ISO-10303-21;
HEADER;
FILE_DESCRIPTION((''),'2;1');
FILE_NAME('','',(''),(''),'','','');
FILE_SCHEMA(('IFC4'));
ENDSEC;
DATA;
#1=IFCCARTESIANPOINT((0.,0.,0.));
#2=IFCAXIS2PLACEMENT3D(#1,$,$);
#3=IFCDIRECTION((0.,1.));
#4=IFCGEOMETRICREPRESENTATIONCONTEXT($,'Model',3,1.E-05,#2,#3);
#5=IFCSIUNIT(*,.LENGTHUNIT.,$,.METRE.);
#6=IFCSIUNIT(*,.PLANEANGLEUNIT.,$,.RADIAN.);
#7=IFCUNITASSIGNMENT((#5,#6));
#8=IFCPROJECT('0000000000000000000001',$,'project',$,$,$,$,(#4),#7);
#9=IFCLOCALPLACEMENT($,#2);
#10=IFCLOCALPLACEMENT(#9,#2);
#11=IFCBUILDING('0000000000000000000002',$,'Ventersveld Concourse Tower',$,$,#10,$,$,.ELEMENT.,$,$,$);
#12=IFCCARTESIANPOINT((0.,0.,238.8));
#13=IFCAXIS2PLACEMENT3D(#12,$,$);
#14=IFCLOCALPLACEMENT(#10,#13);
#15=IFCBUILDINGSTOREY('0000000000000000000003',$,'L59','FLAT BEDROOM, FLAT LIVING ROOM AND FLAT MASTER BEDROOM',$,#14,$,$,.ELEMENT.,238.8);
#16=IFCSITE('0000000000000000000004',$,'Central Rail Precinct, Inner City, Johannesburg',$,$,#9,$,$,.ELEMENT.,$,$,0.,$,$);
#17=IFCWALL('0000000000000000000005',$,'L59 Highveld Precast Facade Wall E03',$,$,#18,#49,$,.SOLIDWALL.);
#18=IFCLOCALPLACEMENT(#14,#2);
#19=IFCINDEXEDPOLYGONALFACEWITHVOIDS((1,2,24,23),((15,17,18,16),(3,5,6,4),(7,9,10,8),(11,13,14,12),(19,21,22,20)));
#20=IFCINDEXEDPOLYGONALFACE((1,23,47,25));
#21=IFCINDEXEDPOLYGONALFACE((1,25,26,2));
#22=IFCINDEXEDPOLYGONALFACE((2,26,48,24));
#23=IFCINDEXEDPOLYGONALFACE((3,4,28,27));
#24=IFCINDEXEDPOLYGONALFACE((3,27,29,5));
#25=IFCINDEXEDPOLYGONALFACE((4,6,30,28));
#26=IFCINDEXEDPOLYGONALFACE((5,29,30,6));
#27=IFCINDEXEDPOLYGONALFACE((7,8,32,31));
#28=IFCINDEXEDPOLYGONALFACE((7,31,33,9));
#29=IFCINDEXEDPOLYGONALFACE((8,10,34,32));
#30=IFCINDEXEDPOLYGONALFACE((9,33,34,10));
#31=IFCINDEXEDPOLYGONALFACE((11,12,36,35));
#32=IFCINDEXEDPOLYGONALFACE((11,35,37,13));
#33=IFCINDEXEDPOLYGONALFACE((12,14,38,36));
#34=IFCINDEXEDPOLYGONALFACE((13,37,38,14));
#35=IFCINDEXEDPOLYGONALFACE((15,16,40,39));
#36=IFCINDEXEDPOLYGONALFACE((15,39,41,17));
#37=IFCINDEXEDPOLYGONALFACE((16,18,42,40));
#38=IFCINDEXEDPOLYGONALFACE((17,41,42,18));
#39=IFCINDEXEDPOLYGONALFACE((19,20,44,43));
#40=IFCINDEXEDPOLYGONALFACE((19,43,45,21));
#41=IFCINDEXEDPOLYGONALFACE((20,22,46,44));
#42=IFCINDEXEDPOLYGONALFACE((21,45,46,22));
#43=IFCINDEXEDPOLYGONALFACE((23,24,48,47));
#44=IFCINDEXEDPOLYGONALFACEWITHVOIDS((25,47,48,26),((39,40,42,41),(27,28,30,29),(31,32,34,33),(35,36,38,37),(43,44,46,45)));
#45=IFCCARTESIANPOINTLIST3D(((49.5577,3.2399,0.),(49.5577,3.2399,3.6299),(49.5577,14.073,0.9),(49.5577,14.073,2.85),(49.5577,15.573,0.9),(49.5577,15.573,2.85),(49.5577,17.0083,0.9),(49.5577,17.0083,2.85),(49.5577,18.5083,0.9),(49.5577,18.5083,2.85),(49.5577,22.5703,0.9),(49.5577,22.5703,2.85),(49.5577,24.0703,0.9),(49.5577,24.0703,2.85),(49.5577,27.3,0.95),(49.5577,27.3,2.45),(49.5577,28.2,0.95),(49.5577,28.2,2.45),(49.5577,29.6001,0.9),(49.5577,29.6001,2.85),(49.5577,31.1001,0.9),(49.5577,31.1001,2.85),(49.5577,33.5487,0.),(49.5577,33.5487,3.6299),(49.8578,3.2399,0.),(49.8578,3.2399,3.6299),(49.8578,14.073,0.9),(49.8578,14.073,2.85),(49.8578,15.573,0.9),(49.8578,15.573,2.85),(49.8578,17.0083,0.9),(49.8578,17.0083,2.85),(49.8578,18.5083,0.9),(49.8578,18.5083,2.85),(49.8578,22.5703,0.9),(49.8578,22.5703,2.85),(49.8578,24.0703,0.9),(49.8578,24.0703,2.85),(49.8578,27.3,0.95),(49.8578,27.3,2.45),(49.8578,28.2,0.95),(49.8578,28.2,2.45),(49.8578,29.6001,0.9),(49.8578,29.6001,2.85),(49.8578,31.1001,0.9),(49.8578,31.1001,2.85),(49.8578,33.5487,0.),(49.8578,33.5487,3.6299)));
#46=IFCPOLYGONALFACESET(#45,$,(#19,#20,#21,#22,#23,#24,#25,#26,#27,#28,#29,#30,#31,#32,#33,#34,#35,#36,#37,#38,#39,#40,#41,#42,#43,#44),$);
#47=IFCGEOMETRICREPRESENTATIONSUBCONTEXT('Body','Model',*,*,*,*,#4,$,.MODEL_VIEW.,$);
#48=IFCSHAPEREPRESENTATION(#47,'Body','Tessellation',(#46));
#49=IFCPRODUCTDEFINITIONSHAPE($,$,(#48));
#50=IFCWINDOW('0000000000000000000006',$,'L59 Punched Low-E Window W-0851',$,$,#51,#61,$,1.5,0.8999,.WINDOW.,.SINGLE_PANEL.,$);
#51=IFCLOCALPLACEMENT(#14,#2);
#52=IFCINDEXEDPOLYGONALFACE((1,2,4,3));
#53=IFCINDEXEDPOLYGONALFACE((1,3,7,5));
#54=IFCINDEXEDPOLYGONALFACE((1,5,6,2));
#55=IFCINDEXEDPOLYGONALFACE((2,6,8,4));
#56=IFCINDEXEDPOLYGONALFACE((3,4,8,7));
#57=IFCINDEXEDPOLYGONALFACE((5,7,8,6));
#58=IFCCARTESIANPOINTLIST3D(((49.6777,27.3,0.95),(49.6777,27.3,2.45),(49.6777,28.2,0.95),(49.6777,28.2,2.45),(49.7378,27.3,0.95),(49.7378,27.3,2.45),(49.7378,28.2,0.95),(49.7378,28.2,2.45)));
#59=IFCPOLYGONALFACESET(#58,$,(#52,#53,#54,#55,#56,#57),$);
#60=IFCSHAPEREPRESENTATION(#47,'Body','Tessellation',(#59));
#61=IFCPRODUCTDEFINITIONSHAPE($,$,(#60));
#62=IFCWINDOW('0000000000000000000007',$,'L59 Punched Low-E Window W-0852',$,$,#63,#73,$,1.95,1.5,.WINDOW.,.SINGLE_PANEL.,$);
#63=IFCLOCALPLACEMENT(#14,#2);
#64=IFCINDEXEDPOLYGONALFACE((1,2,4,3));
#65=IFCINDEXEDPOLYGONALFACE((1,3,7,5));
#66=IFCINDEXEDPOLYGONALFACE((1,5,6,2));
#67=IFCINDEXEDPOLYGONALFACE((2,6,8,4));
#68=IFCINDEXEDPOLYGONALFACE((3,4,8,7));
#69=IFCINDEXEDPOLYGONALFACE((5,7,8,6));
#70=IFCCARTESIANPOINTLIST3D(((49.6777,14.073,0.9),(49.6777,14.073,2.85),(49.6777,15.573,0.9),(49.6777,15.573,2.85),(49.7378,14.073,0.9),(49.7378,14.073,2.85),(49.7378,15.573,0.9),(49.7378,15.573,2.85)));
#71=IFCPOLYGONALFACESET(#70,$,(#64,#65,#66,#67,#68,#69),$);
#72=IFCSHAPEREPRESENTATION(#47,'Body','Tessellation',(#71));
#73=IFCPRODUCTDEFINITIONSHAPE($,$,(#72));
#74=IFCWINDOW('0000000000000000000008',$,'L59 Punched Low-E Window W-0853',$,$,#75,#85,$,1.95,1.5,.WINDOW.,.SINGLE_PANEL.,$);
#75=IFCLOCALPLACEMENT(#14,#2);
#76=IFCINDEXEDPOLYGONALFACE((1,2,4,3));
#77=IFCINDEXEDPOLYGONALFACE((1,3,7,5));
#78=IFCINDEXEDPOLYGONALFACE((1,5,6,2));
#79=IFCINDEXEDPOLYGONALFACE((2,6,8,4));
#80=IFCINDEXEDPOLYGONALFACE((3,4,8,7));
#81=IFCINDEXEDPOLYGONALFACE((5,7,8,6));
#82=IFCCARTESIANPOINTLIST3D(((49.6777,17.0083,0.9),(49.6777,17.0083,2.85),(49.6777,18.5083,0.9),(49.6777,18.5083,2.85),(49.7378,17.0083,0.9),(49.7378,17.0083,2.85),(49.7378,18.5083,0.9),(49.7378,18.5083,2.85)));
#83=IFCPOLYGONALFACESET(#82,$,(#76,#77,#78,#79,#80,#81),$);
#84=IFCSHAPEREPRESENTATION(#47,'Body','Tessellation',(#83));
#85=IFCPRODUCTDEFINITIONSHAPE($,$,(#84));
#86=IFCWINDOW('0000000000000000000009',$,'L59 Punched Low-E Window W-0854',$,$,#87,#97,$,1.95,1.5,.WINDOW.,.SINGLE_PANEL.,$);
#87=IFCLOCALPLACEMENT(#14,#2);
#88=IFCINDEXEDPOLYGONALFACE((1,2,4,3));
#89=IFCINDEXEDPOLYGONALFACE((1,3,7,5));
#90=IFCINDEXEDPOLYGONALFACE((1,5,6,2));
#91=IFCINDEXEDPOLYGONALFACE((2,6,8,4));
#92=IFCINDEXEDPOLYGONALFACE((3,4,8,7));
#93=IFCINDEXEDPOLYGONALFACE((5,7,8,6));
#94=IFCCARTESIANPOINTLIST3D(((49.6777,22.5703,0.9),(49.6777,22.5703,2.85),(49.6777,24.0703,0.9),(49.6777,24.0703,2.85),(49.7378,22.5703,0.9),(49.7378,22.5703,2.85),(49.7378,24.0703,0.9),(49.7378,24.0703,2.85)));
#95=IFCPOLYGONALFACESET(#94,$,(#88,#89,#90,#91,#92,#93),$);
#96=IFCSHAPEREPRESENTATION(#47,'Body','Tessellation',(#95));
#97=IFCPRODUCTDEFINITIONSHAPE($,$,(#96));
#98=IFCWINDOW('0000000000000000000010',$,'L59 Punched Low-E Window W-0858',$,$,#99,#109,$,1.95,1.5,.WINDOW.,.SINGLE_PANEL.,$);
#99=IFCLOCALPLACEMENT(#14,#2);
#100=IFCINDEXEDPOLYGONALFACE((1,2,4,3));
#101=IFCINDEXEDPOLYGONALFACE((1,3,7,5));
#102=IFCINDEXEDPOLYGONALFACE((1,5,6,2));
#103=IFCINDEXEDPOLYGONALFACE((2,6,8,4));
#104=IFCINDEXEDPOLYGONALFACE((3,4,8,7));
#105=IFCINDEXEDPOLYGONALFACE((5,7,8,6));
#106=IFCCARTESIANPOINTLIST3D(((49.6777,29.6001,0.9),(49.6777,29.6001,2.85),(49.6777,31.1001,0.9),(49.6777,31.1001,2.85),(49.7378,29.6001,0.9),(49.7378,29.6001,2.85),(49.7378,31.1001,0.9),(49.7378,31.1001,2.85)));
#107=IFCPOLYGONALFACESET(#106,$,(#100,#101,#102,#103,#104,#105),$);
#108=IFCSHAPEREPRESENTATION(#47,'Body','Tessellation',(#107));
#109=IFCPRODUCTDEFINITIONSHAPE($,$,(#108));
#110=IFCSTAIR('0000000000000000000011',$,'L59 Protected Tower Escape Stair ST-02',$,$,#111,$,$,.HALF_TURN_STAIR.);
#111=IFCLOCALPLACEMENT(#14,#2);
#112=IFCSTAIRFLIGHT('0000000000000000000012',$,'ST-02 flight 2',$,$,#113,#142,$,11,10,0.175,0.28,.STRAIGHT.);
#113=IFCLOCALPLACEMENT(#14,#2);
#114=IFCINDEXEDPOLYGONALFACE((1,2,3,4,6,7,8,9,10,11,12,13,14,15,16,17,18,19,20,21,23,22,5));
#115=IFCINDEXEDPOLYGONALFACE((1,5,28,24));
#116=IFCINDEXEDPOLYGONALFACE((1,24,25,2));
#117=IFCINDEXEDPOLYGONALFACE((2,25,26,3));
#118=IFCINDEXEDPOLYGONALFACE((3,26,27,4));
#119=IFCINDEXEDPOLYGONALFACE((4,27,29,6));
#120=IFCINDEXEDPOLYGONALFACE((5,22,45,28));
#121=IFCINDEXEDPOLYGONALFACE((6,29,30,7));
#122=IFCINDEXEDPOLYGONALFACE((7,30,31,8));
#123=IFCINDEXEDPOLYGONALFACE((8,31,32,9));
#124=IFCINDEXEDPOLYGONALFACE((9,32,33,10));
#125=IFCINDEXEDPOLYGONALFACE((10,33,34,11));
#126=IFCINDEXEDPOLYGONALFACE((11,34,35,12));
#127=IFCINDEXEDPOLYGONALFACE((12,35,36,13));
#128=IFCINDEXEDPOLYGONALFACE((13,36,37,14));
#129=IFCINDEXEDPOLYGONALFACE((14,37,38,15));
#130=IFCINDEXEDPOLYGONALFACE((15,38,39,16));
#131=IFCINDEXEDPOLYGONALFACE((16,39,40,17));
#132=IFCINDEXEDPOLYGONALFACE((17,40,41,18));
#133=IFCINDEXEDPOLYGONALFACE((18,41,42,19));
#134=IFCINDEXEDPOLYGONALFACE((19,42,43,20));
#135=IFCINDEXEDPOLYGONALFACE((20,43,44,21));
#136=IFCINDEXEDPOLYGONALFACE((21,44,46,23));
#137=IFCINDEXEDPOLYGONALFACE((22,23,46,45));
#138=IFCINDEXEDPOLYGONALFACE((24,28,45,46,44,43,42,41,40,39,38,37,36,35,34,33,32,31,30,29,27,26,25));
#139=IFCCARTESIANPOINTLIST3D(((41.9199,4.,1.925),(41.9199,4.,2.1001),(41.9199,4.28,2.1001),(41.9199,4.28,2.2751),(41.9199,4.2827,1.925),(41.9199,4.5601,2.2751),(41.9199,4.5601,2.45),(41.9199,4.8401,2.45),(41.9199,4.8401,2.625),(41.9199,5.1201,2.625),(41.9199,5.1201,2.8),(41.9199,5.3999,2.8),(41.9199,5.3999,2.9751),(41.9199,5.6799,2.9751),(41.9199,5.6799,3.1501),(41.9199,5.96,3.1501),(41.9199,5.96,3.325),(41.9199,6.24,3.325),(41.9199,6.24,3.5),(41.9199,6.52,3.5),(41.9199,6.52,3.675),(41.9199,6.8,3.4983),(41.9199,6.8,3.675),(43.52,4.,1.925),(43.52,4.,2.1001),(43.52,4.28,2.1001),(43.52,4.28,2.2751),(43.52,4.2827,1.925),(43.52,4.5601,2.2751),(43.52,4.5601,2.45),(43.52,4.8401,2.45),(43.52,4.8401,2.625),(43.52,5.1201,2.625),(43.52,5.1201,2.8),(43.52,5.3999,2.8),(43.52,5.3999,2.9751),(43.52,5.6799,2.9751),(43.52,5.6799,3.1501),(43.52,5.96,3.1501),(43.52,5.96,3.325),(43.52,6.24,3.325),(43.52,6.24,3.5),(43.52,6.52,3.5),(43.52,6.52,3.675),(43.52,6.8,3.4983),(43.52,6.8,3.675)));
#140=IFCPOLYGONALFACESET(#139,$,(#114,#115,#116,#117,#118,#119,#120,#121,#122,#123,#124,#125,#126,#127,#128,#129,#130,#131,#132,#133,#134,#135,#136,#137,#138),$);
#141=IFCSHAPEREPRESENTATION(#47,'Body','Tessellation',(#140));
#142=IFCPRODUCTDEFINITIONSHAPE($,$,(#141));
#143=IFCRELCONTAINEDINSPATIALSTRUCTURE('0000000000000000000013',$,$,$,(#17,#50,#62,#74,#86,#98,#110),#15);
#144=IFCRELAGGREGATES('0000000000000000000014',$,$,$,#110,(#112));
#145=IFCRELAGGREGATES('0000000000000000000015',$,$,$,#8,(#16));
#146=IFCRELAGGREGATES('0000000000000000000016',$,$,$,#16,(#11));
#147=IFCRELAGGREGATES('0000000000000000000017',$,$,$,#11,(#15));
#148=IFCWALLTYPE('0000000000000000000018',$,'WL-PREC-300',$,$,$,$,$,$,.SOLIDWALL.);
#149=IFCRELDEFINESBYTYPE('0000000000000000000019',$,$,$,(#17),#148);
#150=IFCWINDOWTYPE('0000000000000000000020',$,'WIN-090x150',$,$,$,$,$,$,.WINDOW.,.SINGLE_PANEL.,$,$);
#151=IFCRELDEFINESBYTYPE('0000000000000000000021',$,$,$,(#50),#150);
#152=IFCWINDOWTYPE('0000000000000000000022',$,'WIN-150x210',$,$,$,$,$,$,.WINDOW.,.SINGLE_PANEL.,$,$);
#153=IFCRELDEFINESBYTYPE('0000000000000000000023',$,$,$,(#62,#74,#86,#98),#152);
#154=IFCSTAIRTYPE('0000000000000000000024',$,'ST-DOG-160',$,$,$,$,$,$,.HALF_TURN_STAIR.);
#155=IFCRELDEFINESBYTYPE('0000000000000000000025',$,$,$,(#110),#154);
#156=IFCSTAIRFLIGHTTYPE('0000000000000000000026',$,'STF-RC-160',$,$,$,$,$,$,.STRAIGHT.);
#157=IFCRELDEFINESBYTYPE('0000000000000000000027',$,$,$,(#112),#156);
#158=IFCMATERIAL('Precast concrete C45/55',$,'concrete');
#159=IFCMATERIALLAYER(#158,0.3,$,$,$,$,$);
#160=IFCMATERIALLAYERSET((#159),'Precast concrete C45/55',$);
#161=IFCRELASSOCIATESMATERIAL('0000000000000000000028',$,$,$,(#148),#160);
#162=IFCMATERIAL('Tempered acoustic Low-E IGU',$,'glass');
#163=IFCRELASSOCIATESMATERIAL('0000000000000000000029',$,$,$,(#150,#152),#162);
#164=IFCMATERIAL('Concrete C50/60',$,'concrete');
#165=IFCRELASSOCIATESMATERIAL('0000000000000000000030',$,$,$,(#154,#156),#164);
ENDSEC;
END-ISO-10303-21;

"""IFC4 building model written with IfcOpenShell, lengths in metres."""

from ifc_helpers import new_model, si_unit, direction, frame, frame_2d, origin, place, context, subcontext, project, spatial, polyline, rectangle, outline, extrude, material, layer, layer_set, type_object, element, fill, aggregate, save


model = new_model("IFC4")

# Units and contexts
model_context = context("Model", 3, precision=1e-05, world=origin(), true_north=direction((0.0, 1.0)))
body_context = subcontext(model_context, "Body", "Model", "MODEL_VIEW")
ifc_project = project(units=[si_unit("LENGTHUNIT", "METRE"), si_unit("PLANEANGLEUNIT", "RADIAN")], contexts=[model_context])

# Site, building, storey
site_placement = place(None, origin())
site = spatial("IfcSite", under=ifc_project, at=site_placement, Name="Central Rail Precinct, Inner City, Johannesburg", CompositionType="ELEMENT", RefElevation=0.0)
building_placement = place(site_placement, origin())
building = spatial("IfcBuilding", under=site, at=building_placement, Name="Ventersveld Concourse Tower", CompositionType="ELEMENT")
storey_placement = place(building_placement, frame((0.0, 0.0, 238.8)))
storey = spatial("IfcBuildingStorey", under=building, at=storey_placement, Name="L59", Description="FLAT BEDROOM, FLAT LIVING ROOM AND FLAT MASTER BEDROOM", CompositionType="ELEMENT", Elevation=238.8)

# Shared definitions
ifc_material_1 = material(Name="Concrete C50/60", Category="concrete")

# Shared definitions
ifc_material_2 = material(Name="Precast concrete C45/55", Category="concrete")
ifc_layer_1 = layer(ifc_material_2, 0.3)
ifc_layer_set_1 = layer_set([ifc_layer_1], Name="Precast concrete C45/55")
wall_type_1 = type_object("IfcWallType", Name="WL-PREC-300", PredefinedType="SOLIDWALL", material=ifc_layer_set_1)

# Wall, openings, windows
wall_1_placement = place(storey_placement, frame((49.7078, 3.24, 0.0), z_axis=(0.0, 0.0, 1.0), x_axis=(0.0, 1.0, 0.0)))
wall_1 = element("IfcWall", 1, at=wall_1_placement, inside=storey, type_object=wall_type_1, Name="L59 Highveld Precast Facade Wall E03", PredefinedType="SOLIDWALL", context=body_context, shape_type="SweptSolid", body=[
    extrude(rectangle(XDim=30.3088, YDim=0.3, at=frame_2d((15.1543, 0.0))), origin(), (0.0, 0.0, 1.0), 3.6299),
])
opening_1_placement = place(wall_1_placement, frame((24.0601, 0.0, 0.95)))
opening_1 = element("IfcOpeningElement", 2, at=opening_1_placement, cuts=wall_1, PredefinedType="OPENING", context=body_context, shape_type="SweptSolid", body=[
    extrude(rectangle(XDim=0.8999, YDim=1.5, at=frame_2d((0.45, 0.75))), frame((0.0, 0.1602, 0.0), z_axis=(0.0, -1.0, 0.0), x_axis=(1.0, 0.0, 0.0)), (0.0, 0.0, 1.0), 0.3201),
])
opening_2_placement = place(wall_1_placement, frame((10.833, 0.0, 0.8999)))
opening_2 = element("IfcOpeningElement", 3, at=opening_2_placement, cuts=wall_1, PredefinedType="OPENING", context=body_context, shape_type="SweptSolid", body=[
    extrude(rectangle(XDim=1.5, YDim=1.95, at=frame_2d((0.75, 0.9751))), frame((0.0, 0.1602, 0.0), z_axis=(0.0, -1.0, 0.0), x_axis=(1.0, 0.0, 0.0)), (0.0, 0.0, 1.0), 0.3201),
])
opening_3_placement = place(wall_1_placement, frame((13.7683, 0.0, 0.8999)))
opening_3 = element("IfcOpeningElement", 4, at=opening_3_placement, cuts=wall_1, PredefinedType="OPENING", context=body_context, shape_type="SweptSolid", body=[
    extrude(rectangle(XDim=1.5, YDim=1.95, at=frame_2d((0.75, 0.9751))), frame((0.0, 0.1602, 0.0), z_axis=(0.0, -1.0, 0.0), x_axis=(1.0, 0.0, 0.0)), (0.0, 0.0, 1.0), 0.3201),
])
opening_4_placement = place(wall_1_placement, frame((19.3303, 0.0, 0.8999)))
opening_4 = element("IfcOpeningElement", 5, at=opening_4_placement, cuts=wall_1, PredefinedType="OPENING", context=body_context, shape_type="SweptSolid", body=[
    extrude(rectangle(XDim=1.5, YDim=1.95, at=frame_2d((0.75, 0.9751))), frame((0.0, 0.1602, 0.0), z_axis=(0.0, -1.0, 0.0), x_axis=(1.0, 0.0, 0.0)), (0.0, 0.0, 1.0), 0.3201),
])
opening_5_placement = place(wall_1_placement, frame((26.3601, 0.0, 0.8999)))
opening_5 = element("IfcOpeningElement", 6, at=opening_5_placement, cuts=wall_1, PredefinedType="OPENING", context=body_context, shape_type="SweptSolid", body=[
    extrude(rectangle(XDim=1.5, YDim=1.95, at=frame_2d((0.75, 0.9751))), frame((0.0, 0.1602, 0.0), z_axis=(0.0, -1.0, 0.0), x_axis=(1.0, 0.0, 0.0)), (0.0, 0.0, 1.0), 0.3201),
])
ifc_material_3 = material(Name="Tempered acoustic Low-E IGU", Category="glass")
window_type_1 = type_object("IfcWindowType", Name="WIN-090x150", PartitioningType="SINGLE_PANEL", PredefinedType="WINDOW", material=ifc_material_3)
window_1_placement = place(opening_1_placement, origin())
window_1 = element("IfcWindow", 7, at=window_1_placement, inside=storey, type_object=window_type_1, Name="L59 Punched Low-E Window W-0851", OverallHeight=1.5, OverallWidth=0.8999, PartitioningType="SINGLE_PANEL", PredefinedType="WINDOW", context=body_context, shape_type="SweptSolid", body=[
    extrude(rectangle(XDim=0.8999, YDim=1.5, at=frame_2d((0.45, 0.75))), frame((0.0, 0.03, 0.0), z_axis=(0.0, -1.0, 0.0), x_axis=(1.0, 0.0, 0.0)), (0.0, 0.0, 1.0), 0.0601),
])
fill(opening_1, window_1)
window_type_2 = type_object("IfcWindowType", Name="WIN-150x210", PartitioningType="SINGLE_PANEL", PredefinedType="WINDOW", material=ifc_material_3)
window_2_placement = place(opening_2_placement, origin())
window_2 = element("IfcWindow", 8, at=window_2_placement, inside=storey, type_object=window_type_2, Name="L59 Punched Low-E Window W-0852", OverallHeight=1.95, OverallWidth=1.5, PartitioningType="SINGLE_PANEL", PredefinedType="WINDOW", context=body_context, shape_type="SweptSolid", body=[
    extrude(rectangle(XDim=1.5, YDim=1.95, at=frame_2d((0.75, 0.9751))), frame((0.0, 0.03, 0.0), z_axis=(0.0, -1.0, 0.0), x_axis=(1.0, 0.0, 0.0)), (0.0, 0.0, 1.0), 0.0601),
])
fill(opening_2, window_2)
window_3_placement = place(opening_3_placement, origin())
window_3 = element("IfcWindow", 9, at=window_3_placement, inside=storey, type_object=window_type_2, Name="L59 Punched Low-E Window W-0853", OverallHeight=1.95, OverallWidth=1.5, PartitioningType="SINGLE_PANEL", PredefinedType="WINDOW", context=body_context, shape_type="SweptSolid", body=[
    extrude(rectangle(XDim=1.5, YDim=1.95, at=frame_2d((0.75, 0.9751))), frame((0.0, 0.03, 0.0), z_axis=(0.0, -1.0, 0.0), x_axis=(1.0, 0.0, 0.0)), (0.0, 0.0, 1.0), 0.0601),
])
fill(opening_3, window_3)
window_4_placement = place(opening_4_placement, origin())
window_4 = element("IfcWindow", 10, at=window_4_placement, inside=storey, type_object=window_type_2, Name="L59 Punched Low-E Window W-0854", OverallHeight=1.95, OverallWidth=1.5, PartitioningType="SINGLE_PANEL", PredefinedType="WINDOW", context=body_context, shape_type="SweptSolid", body=[
    extrude(rectangle(XDim=1.5, YDim=1.95, at=frame_2d((0.75, 0.9751))), frame((0.0, 0.03, 0.0), z_axis=(0.0, -1.0, 0.0), x_axis=(1.0, 0.0, 0.0)), (0.0, 0.0, 1.0), 0.0601),
])
fill(opening_4, window_4)
window_5_placement = place(opening_5_placement, origin())
window_5 = element("IfcWindow", 11, at=window_5_placement, inside=storey, type_object=window_type_2, Name="L59 Punched Low-E Window W-0858", OverallHeight=1.95, OverallWidth=1.5, PartitioningType="SINGLE_PANEL", PredefinedType="WINDOW", context=body_context, shape_type="SweptSolid", body=[
    extrude(rectangle(XDim=1.5, YDim=1.95, at=frame_2d((0.75, 0.9751))), frame((0.0, 0.03, 0.0), z_axis=(0.0, -1.0, 0.0), x_axis=(1.0, 0.0, 0.0)), (0.0, 0.0, 1.0), 0.0601),
])
fill(opening_5, window_5)

# Stair, stair flight
stair_type = type_object("IfcStairType", Name="ST-DOG-160", PredefinedType="HALF_TURN_STAIR", material=ifc_material_1)
stair_placement = place(storey_placement, origin())
stair = element("IfcStair", 12, at=stair_placement, inside=storey, type_object=stair_type, Name="L59 Protected Tower Escape Stair ST-02", PredefinedType="HALF_TURN_STAIR")
stair_flight_type = type_object("IfcStairFlightType", Name="STF-RC-160", PredefinedType="STRAIGHT", material=ifc_material_1)
stair_flight_placement = place(storey_placement, frame((42.72, 4.0, 1.925), z_axis=(0.0, 0.0, 1.0), x_axis=(0.0, 1.0, 0.0)))
stair_flight = element("IfcStairFlight", 13, at=stair_flight_placement, type_object=stair_flight_type, Name="ST-02 flight 2", NumberOfRisers=11, NumberOfTreads=10, PredefinedType="STRAIGHT", RiserHeight=0.175, TreadLength=0.28, context=body_context, shape_type="SweptSolid", body=[
    extrude(outline(polyline([(0.0, 0.0), (0.0, 0.175), (0.28, 0.175), (0.28, 0.3501), (0.5601, 0.3501), (0.5601, 0.5249), (0.8401, 0.5249), (0.8401, 0.7), (1.1201, 0.7), (1.1201, 0.875), (1.3999, 0.875), (1.3999, 1.05), (1.6799, 1.05), (1.6799, 1.2251), (1.96, 1.2251), (1.96, 1.3999), (2.24, 1.3999), (2.24, 1.575), (2.52, 1.575), (2.52, 1.75), (2.8, 1.75), (2.8, 1.925), (2.8, 1.5732), (0.2827, 0.0), (0.0, 0.0)])), frame((0.0, 0.8, 0.0), z_axis=(0.0, -1.0, 0.0), x_axis=(1.0, 0.0, 0.0)), (0.0, 0.0, 1.0), 1.6001),
])
aggregate(stair, [stair_flight])

save(model, "model.ifc")
